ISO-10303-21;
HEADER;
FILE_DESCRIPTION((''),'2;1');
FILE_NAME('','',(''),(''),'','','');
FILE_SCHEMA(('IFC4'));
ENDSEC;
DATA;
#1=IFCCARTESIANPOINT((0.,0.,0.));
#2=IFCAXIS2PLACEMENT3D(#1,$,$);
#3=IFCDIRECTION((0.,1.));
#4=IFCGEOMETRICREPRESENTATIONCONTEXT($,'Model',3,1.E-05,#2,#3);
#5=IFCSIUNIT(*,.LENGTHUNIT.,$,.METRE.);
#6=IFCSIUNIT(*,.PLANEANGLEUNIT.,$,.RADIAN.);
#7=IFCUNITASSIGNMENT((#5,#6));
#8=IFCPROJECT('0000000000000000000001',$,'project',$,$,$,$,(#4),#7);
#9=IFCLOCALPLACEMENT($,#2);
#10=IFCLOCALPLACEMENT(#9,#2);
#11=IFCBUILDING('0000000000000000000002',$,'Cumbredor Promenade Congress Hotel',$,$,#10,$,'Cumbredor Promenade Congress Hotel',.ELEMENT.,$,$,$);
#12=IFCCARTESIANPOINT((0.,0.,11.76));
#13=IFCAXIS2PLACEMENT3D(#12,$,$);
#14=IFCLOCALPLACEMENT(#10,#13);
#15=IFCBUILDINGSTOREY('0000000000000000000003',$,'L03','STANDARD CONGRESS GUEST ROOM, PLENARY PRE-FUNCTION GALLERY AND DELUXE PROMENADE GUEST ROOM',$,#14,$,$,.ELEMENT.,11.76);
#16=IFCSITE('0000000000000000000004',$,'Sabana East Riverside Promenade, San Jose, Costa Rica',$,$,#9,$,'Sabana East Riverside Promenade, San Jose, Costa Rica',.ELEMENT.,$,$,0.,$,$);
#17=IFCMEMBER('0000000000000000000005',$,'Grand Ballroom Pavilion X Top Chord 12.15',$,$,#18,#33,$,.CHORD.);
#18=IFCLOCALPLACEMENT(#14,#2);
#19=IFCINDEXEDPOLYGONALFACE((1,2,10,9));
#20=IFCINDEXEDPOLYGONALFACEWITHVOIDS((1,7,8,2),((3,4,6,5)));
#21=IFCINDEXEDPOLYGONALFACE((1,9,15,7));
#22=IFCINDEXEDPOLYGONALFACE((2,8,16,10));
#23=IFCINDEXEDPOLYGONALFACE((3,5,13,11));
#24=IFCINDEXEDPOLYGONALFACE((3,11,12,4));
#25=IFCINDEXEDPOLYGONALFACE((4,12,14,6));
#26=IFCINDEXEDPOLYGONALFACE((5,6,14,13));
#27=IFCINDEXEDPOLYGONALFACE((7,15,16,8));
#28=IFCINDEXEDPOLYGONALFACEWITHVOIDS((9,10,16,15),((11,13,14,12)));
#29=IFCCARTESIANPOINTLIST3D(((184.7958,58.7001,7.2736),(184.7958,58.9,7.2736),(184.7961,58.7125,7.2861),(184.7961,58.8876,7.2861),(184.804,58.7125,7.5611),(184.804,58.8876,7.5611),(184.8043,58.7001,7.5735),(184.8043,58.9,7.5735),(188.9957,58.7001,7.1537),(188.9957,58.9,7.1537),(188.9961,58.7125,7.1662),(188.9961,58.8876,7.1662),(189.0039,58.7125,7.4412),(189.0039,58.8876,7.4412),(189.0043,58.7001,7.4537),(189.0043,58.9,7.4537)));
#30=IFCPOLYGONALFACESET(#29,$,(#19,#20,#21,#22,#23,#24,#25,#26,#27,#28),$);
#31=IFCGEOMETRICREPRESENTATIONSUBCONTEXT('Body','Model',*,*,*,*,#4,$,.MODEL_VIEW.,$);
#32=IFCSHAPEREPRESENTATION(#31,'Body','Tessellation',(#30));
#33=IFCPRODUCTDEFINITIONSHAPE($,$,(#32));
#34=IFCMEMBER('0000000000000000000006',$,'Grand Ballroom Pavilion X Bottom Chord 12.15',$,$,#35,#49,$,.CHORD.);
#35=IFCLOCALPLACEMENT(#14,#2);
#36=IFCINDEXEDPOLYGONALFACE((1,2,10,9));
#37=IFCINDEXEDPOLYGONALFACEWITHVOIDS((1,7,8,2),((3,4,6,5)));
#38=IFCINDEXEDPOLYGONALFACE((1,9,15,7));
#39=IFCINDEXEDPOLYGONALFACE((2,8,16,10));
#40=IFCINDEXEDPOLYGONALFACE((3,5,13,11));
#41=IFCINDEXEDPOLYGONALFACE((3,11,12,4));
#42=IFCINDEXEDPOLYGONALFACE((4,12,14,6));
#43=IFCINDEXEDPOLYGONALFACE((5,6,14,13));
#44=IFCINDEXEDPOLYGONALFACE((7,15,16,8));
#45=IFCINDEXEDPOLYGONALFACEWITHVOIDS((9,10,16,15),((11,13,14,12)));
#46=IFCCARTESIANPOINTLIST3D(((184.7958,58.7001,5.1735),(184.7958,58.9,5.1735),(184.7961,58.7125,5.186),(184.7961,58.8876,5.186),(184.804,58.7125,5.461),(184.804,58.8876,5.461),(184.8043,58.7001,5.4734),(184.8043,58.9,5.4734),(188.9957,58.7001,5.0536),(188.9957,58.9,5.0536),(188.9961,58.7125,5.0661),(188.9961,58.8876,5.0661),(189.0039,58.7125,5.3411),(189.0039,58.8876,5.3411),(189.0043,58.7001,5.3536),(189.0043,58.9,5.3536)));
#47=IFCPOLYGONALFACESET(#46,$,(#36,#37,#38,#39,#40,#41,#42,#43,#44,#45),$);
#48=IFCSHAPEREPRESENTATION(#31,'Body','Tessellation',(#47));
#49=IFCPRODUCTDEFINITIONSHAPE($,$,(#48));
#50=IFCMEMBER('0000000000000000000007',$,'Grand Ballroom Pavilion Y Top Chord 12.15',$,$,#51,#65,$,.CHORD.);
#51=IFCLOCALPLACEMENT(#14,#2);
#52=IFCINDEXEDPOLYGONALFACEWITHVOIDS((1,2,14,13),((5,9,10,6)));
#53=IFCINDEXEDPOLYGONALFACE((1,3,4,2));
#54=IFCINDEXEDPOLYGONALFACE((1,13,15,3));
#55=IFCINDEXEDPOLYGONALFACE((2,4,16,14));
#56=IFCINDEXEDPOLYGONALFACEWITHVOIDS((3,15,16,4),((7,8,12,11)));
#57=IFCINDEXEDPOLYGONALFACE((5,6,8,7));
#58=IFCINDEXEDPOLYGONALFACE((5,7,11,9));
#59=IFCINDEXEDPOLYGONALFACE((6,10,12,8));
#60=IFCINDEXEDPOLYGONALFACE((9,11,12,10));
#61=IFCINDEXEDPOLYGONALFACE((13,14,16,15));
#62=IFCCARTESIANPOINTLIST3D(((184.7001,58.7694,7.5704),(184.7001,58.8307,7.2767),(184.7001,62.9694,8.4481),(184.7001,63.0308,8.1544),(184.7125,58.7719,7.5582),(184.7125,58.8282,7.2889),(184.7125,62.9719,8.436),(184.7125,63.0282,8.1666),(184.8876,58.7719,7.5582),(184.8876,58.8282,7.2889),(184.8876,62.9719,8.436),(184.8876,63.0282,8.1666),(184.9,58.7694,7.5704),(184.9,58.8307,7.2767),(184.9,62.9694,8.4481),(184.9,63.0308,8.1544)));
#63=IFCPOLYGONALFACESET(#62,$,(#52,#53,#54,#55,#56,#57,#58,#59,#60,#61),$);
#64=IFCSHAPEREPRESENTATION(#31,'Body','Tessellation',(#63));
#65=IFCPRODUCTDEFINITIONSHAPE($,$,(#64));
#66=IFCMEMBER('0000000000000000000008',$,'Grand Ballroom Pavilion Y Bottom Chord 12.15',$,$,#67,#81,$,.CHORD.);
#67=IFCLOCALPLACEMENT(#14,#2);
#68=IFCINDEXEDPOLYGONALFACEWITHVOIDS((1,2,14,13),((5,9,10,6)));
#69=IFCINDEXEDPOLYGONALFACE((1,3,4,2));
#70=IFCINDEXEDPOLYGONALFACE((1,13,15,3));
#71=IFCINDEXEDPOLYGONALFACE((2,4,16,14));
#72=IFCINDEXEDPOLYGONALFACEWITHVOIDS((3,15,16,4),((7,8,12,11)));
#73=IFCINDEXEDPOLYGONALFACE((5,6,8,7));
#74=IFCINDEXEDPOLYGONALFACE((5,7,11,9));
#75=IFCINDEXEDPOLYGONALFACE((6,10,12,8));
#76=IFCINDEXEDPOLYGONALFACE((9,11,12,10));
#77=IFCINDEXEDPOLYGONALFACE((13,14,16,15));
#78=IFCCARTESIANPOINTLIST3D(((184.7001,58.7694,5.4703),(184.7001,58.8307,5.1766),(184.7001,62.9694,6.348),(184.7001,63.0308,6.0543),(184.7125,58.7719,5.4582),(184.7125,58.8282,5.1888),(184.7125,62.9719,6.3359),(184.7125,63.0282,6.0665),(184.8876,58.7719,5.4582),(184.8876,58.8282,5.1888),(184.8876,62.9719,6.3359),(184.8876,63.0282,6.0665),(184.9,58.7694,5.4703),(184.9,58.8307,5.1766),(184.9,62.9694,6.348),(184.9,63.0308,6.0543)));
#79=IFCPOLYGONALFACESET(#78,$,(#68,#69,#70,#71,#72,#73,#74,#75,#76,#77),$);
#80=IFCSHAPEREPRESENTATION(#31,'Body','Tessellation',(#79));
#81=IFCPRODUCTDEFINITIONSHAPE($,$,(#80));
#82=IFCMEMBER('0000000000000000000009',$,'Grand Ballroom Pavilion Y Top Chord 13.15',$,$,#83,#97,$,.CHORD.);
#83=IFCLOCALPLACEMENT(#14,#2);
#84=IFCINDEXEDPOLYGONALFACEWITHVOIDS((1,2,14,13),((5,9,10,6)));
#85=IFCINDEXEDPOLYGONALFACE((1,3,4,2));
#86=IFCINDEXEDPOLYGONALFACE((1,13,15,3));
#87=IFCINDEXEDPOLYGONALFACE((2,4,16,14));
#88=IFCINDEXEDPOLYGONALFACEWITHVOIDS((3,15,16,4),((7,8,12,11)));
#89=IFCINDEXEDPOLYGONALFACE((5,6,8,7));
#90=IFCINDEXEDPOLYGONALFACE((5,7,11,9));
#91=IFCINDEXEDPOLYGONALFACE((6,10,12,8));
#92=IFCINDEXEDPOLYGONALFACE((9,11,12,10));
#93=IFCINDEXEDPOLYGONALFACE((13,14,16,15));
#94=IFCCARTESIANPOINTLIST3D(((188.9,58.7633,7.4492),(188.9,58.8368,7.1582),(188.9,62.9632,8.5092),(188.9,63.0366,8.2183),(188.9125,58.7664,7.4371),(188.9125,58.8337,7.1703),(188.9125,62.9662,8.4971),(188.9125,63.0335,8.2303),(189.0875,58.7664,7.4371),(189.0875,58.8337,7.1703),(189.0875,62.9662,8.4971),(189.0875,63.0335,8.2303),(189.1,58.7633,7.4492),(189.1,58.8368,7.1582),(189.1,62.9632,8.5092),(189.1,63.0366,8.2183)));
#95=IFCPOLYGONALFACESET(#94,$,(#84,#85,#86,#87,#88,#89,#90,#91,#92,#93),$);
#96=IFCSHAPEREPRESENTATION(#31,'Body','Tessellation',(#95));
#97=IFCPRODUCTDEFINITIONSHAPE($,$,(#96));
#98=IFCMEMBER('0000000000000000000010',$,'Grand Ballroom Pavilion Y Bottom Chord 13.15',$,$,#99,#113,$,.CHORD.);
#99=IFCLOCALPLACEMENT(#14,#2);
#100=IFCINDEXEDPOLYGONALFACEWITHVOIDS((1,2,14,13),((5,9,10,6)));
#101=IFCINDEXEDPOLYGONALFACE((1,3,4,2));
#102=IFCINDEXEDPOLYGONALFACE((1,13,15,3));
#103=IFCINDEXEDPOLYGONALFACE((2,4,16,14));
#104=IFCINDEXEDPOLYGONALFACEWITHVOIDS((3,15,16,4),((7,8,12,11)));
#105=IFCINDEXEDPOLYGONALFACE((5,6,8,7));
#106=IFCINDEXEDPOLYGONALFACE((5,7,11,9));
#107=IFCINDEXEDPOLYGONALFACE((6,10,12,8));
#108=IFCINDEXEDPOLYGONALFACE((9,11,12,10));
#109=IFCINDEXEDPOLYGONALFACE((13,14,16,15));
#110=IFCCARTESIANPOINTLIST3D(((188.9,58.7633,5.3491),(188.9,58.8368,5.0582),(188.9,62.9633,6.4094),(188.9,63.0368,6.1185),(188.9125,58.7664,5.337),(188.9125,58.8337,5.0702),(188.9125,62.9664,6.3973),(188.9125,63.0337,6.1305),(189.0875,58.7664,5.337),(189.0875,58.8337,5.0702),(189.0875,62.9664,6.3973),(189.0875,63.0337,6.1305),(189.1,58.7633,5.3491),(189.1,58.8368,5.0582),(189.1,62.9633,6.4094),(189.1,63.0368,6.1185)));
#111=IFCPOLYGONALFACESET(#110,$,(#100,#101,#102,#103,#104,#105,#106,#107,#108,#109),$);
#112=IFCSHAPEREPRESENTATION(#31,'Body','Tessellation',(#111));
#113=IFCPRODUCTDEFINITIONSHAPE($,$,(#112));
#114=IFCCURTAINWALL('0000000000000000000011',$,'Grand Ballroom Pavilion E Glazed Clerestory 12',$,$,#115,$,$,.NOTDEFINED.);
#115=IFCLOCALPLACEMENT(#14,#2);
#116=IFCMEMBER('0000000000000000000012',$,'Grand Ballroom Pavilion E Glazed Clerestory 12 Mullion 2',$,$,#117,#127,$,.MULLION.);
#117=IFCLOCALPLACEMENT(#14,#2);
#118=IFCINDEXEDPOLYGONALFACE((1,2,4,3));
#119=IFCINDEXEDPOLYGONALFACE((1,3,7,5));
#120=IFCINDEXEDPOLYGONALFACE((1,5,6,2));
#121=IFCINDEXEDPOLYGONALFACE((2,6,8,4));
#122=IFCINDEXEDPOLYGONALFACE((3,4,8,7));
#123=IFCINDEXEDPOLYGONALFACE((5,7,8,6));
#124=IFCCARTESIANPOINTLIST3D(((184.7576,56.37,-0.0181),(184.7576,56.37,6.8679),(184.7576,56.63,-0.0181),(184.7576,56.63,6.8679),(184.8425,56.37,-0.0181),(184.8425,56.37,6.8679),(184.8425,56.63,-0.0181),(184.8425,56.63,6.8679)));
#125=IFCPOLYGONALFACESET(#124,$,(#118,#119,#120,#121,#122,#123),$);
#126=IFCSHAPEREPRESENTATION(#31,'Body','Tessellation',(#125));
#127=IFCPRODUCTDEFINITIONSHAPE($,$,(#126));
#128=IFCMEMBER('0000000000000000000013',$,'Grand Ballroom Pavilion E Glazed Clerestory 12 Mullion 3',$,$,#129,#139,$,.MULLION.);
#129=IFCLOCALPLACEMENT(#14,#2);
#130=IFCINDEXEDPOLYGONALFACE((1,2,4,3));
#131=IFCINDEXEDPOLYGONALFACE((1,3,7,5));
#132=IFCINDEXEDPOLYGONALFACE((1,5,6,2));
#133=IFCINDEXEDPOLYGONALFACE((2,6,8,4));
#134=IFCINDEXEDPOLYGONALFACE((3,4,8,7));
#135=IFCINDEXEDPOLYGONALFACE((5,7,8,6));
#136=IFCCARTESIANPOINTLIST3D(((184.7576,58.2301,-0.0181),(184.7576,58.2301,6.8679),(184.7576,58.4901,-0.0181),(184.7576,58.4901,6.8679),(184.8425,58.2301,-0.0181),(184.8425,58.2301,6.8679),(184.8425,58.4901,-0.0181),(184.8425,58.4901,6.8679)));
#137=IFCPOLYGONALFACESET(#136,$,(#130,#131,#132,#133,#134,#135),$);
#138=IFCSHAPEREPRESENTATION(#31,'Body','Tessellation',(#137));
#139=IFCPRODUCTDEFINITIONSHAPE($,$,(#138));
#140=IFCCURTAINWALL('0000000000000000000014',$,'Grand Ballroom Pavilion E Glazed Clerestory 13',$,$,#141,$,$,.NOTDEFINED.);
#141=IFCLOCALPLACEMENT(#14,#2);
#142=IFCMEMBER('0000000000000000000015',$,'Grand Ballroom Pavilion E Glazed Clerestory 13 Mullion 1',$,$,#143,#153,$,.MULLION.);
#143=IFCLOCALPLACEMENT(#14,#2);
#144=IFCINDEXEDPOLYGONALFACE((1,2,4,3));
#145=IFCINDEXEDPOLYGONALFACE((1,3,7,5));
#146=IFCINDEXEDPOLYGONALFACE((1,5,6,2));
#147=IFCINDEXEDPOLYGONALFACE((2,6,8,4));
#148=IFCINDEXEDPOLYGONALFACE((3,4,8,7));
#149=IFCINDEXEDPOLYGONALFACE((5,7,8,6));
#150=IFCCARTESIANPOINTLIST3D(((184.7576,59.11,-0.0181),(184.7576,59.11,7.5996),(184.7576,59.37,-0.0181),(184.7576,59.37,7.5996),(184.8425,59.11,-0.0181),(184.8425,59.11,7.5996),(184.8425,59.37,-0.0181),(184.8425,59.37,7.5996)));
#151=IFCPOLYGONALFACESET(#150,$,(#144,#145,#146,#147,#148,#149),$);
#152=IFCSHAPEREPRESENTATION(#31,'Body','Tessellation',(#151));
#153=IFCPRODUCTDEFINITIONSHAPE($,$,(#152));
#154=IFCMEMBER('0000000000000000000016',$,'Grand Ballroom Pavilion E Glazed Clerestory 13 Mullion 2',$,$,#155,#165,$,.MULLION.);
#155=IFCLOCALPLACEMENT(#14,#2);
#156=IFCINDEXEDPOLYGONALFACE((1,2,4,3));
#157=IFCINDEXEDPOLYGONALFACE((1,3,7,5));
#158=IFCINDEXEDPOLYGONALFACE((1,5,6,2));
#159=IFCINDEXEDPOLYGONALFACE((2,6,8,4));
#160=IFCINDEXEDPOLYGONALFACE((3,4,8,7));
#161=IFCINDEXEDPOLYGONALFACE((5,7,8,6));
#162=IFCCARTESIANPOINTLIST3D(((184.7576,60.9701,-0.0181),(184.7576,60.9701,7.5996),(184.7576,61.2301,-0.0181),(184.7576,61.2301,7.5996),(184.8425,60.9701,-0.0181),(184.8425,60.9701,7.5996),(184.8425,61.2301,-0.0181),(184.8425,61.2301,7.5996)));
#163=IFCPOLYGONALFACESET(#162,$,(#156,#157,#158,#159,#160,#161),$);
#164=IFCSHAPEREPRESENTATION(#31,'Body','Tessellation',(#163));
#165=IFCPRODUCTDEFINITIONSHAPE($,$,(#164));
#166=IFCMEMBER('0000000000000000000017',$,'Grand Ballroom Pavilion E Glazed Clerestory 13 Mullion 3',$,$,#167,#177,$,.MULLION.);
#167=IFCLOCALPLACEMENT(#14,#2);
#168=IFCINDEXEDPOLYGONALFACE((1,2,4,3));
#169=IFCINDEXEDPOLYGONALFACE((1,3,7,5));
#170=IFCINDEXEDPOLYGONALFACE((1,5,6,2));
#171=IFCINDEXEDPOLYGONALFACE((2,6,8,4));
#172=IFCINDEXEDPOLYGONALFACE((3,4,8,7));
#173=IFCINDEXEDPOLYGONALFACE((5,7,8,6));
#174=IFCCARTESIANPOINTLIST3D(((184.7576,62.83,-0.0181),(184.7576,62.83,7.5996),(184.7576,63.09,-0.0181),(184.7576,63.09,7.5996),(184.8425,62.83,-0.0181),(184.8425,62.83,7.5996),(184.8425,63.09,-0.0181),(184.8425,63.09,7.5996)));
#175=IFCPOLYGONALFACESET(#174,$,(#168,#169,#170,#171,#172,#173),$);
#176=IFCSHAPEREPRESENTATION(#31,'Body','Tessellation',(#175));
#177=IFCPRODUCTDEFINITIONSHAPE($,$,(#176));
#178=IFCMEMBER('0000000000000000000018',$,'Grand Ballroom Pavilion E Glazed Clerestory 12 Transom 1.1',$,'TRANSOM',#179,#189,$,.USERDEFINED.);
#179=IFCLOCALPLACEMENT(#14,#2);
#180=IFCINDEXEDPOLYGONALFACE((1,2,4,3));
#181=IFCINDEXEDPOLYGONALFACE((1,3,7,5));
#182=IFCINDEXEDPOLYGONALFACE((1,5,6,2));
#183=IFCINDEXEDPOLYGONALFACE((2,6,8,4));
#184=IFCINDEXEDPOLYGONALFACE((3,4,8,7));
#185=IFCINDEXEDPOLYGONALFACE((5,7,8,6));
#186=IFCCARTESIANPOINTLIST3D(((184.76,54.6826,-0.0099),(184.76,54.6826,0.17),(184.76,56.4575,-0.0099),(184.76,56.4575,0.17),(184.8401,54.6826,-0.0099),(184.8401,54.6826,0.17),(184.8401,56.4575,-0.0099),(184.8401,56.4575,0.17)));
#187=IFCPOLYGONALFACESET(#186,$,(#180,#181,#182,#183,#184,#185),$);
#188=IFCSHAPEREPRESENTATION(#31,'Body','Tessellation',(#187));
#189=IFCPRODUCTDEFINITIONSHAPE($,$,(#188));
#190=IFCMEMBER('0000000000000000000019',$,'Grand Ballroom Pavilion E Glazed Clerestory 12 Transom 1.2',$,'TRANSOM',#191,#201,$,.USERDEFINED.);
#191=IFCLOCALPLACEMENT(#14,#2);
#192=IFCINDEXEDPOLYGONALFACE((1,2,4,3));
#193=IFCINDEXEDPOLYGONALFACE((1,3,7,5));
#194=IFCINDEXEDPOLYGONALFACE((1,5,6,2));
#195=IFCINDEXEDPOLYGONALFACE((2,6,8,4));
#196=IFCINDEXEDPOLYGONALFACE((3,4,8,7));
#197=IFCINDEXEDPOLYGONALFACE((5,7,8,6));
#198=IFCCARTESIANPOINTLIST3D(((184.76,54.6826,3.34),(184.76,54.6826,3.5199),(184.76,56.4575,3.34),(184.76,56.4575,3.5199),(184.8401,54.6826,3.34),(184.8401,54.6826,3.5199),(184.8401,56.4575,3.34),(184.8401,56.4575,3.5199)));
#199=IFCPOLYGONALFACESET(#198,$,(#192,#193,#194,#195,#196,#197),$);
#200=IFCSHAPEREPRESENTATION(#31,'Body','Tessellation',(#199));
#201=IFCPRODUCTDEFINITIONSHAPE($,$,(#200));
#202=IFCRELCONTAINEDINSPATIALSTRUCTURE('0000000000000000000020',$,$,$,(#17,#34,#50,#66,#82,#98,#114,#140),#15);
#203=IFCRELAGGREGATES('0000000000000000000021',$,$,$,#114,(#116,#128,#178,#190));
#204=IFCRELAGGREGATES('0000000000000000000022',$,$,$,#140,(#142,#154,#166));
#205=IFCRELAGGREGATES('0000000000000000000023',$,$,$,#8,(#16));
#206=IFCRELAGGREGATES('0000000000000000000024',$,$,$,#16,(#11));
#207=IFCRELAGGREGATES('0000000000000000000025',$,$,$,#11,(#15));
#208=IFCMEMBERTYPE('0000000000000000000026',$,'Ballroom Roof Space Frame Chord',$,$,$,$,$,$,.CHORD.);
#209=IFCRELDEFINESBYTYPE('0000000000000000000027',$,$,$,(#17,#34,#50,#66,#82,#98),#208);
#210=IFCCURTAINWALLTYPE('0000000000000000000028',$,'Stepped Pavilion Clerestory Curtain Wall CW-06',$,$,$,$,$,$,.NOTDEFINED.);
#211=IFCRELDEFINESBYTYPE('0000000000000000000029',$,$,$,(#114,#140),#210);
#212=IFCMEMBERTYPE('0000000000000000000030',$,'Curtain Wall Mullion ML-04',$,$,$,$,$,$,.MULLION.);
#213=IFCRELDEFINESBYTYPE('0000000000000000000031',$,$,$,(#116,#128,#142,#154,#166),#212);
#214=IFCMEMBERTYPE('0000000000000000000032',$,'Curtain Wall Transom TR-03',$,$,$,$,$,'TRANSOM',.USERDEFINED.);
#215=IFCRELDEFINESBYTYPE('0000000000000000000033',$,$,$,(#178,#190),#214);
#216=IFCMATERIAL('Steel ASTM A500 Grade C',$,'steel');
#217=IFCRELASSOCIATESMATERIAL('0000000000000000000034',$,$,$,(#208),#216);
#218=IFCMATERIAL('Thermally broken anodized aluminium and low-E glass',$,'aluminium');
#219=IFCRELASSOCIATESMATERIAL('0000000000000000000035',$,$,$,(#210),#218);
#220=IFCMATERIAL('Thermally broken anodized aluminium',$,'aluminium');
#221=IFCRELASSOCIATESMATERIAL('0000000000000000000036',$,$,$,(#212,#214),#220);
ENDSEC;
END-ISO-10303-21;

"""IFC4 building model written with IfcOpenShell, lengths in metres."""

from ifc_helpers import new_model, si_unit, direction, frame, origin, origin_2d, place, context, subcontext, project, spatial, rectangle, hollow_rectangle, extrude, material, material_profile, profile_set, type_object, element, aggregate, save


model = new_model("IFC4")

# Units and contexts
model_context = context("Model", 3, precision=1e-05, world=origin(), true_north=direction((0.0, 1.0)))
body_context = subcontext(model_context, "Body", "Model", "MODEL_VIEW")
ifc_project = project(units=[si_unit("LENGTHUNIT", "METRE"), si_unit("PLANEANGLEUNIT", "RADIAN")], contexts=[model_context])

# Site, building, storey
site_placement = place(None, origin())
site = spatial("IfcSite", under=ifc_project, at=site_placement, Name="Sabana East Riverside Promenade, San Jose, Costa Rica", LongName="Sabana East Riverside Promenade, San Jose, Costa Rica", CompositionType="ELEMENT", RefElevation=0.0)
building_placement = place(site_placement, origin())
building = spatial("IfcBuilding", under=site, at=building_placement, Name="Cumbredor Promenade Congress Hotel", LongName="Cumbredor Promenade Congress Hotel", CompositionType="ELEMENT")
storey_placement = place(building_placement, frame((0.0, 0.0, 11.76)))
storey = spatial("IfcBuildingStorey", under=building, at=storey_placement, Name="L03", Description="STANDARD CONGRESS GUEST ROOM, PLENARY PRE-FUNCTION GALLERY AND DELUXE PROMENADE GUEST ROOM", CompositionType="ELEMENT", Elevation=11.76)

# Members
ifc_material_1 = material(Name="Steel ASTM A500 Grade C", Category="steel")
ifc_material_profile_1 = material_profile(ifc_material_1, hollow_rectangle(XDim=0.2, YDim=0.3, WallThickness=0.0125, at=origin_2d()), Name="HSS 300x200x12.5")
ifc_profile_set_1 = profile_set([ifc_material_profile_1], Name="Steel ASTM A500 Grade C")
member_type_1 = type_object("IfcMemberType", Name="Ballroom Roof Space Frame Chord", PredefinedType="CHORD", material=ifc_profile_set_1)
for number, where, z_axis, x_axis, name in (
    (1, (184.8, 58.8, 7.4236), (0.999593, 0.0, -0.02853), (0.0, 1.0, 0.0), "Grand Ballroom Pavilion X Top Chord 12.15"),
    (2, (184.8, 58.8, 5.3235), (0.999593, 0.0, -0.02853), (0.0, 1.0, 0.0), "Grand Ballroom Pavilion X Bottom Chord 12.15"),
):
    element("IfcMember", number, at=place(storey_placement, frame(where, z_axis=z_axis, x_axis=x_axis)), inside=storey, type_object=member_type_1, Name=name, PredefinedType="CHORD", context=body_context, shape_type="SweptSolid", body=[
        extrude(hollow_rectangle(XDim=0.2, YDim=0.3, WallThickness=0.0125, at=origin_2d()), origin(), (0.0, 0.0, 1.0), 4.2017),
    ])
for number, where, z_axis, x_axis, name in (
    (3, (184.8, 58.8, 7.4236), (0.0, 0.978855, 0.204556), (-1.0, 0.0, 0.0), "Grand Ballroom Pavilion Y Top Chord 12.15"),
    (4, (184.8, 58.8, 5.3235), (0.0, 0.978855, 0.204556), (-1.0, 0.0, 0.0), "Grand Ballroom Pavilion Y Bottom Chord 12.15"),
):
    element("IfcMember", number, at=place(storey_placement, frame(where, z_axis=z_axis, x_axis=x_axis)), inside=storey, type_object=member_type_1, Name=name, PredefinedType="CHORD", context=body_context, shape_type="SweptSolid", body=[
        extrude(hollow_rectangle(XDim=0.2, YDim=0.3, WallThickness=0.0125, at=origin_2d()), origin(), (0.0, 0.0, 1.0), 4.2908),
    ])
member_1_placement = place(storey_placement, frame((189.0, 58.8, 7.3037), z_axis=(0.0, 0.969593, 0.244723), x_axis=(-1.0, 0.0, 0.0)))
element("IfcMember", 5, at=member_1_placement, inside=storey, type_object=member_type_1, Name="Grand Ballroom Pavilion Y Top Chord 13.15", PredefinedType="CHORD", context=body_context, shape_type="SweptSolid", body=[
    extrude(hollow_rectangle(XDim=0.2, YDim=0.3, WallThickness=0.0125, at=origin_2d()), origin(), (0.0, 0.0, 1.0), 4.3315),
])
member_2_placement = place(storey_placement, frame((189.0, 58.8, 5.2036), z_axis=(0.0, 0.96958, 0.244776), x_axis=(-1.0, 0.0, 0.0)))
element("IfcMember", 6, at=member_2_placement, inside=storey, type_object=member_type_1, Name="Grand Ballroom Pavilion Y Bottom Chord 13.15", PredefinedType="CHORD", context=body_context, shape_type="SweptSolid", body=[
    extrude(hollow_rectangle(XDim=0.2, YDim=0.3, WallThickness=0.0125, at=origin_2d()), origin(), (0.0, 0.0, 1.0), 4.3318),
])

# Curtain walls, members
ifc_material_2 = material(Name="Thermally broken anodized aluminium and low-E glass", Category="aluminium")
curtain_wall_type = type_object("IfcCurtainWallType", Name="Stepped Pavilion Clerestory Curtain Wall CW-06", PredefinedType="NOTDEFINED", material=ifc_material_2)
curtain_wall_1_placement = place(storey_placement, origin())
curtain_wall_1 = element("IfcCurtainWall", 7, at=curtain_wall_1_placement, inside=storey, type_object=curtain_wall_type, Name="Grand Ballroom Pavilion E Glazed Clerestory 12", PredefinedType="NOTDEFINED")
ifc_material_3 = material(Name="Thermally broken anodized aluminium", Category="aluminium")
ifc_material_profile_2 = material_profile(ifc_material_3, rectangle(XDim=0.085, YDim=0.26, at=origin_2d()), Name="ALU MULLION CLERESTORY 85x260")
ifc_profile_set_2 = profile_set([ifc_material_profile_2], Name="Thermally broken anodized aluminium")
member_type_2 = type_object("IfcMemberType", Name="Curtain Wall Mullion ML-04", PredefinedType="MULLION", material=ifc_profile_set_2)
member_3_placement = place(storey_placement, frame((184.8, 56.5, -0.0181), z_axis=(0.0, 0.0, 1.0), x_axis=(1.0, 0.0, 0.0)))
member_3 = element("IfcMember", 8, at=member_3_placement, type_object=member_type_2, Name="Grand Ballroom Pavilion E Glazed Clerestory 12 Mullion 2", PredefinedType="MULLION", context=body_context, shape_type="SweptSolid", body=[
    extrude(rectangle(XDim=0.085, YDim=0.26, at=origin_2d()), origin(), (0.0, 0.0, 1.0), 6.886),
])
member_4_placement = place(storey_placement, frame((184.8, 58.3601, -0.0181), z_axis=(0.0, 0.0, 1.0), x_axis=(1.0, 0.0, 0.0)))
member_4 = element("IfcMember", 9, at=member_4_placement, type_object=member_type_2, Name="Grand Ballroom Pavilion E Glazed Clerestory 12 Mullion 3", PredefinedType="MULLION", context=body_context, shape_type="SweptSolid", body=[
    extrude(rectangle(XDim=0.085, YDim=0.26, at=origin_2d()), origin(), (0.0, 0.0, 1.0), 6.886),
])
curtain_wall_2_placement = place(storey_placement, origin())
curtain_wall_2 = element("IfcCurtainWall", 10, at=curtain_wall_2_placement, inside=storey, type_object=curtain_wall_type, Name="Grand Ballroom Pavilion E Glazed Clerestory 13", PredefinedType="NOTDEFINED")
member_5_placement = place(storey_placement, frame((184.8, 59.24, -0.0181), z_axis=(0.0, 0.0, 1.0), x_axis=(1.0, 0.0, 0.0)))
member_5 = element("IfcMember", 11, at=member_5_placement, type_object=member_type_2, Name="Grand Ballroom Pavilion E Glazed Clerestory 13 Mullion 1", PredefinedType="MULLION", context=body_context, shape_type="SweptSolid", body=[
    extrude(rectangle(XDim=0.085, YDim=0.26, at=origin_2d()), origin(), (0.0, 0.0, 1.0), 7.6177),
])
member_6_placement = place(storey_placement, frame((184.8, 61.1001, -0.0181), z_axis=(0.0, 0.0, 1.0), x_axis=(1.0, 0.0, 0.0)))
member_6 = element("IfcMember", 12, at=member_6_placement, type_object=member_type_2, Name="Grand Ballroom Pavilion E Glazed Clerestory 13 Mullion 2", PredefinedType="MULLION", context=body_context, shape_type="SweptSolid", body=[
    extrude(rectangle(XDim=0.085, YDim=0.26, at=origin_2d()), origin(), (0.0, 0.0, 1.0), 7.6177),
])
member_7_placement = place(storey_placement, frame((184.8, 62.96, -0.0181), z_axis=(0.0, 0.0, 1.0), x_axis=(1.0, 0.0, 0.0)))
member_7 = element("IfcMember", 13, at=member_7_placement, type_object=member_type_2, Name="Grand Ballroom Pavilion E Glazed Clerestory 13 Mullion 3", PredefinedType="MULLION", context=body_context, shape_type="SweptSolid", body=[
    extrude(rectangle(XDim=0.085, YDim=0.26, at=origin_2d()), origin(), (0.0, 0.0, 1.0), 7.6177),
])

# Members
ifc_material_profile_3 = material_profile(ifc_material_3, rectangle(XDim=0.0801, YDim=0.1799, at=origin_2d()), Name="ALU TRANSOM 80x180")
ifc_profile_set_3 = profile_set([ifc_material_profile_3], Name="Thermally broken anodized aluminium")
member_type_3 = type_object("IfcMemberType", Name="Curtain Wall Transom TR-03", ElementType="TRANSOM", PredefinedType="USERDEFINED", material=ifc_profile_set_3)
member_8_placement = place(storey_placement, frame((184.8, 54.6826, 0.0801), z_axis=(0.0, 1.0, 0.0), x_axis=(-1.0, 0.0, 0.0)))
member_8 = element("IfcMember", 14, at=member_8_placement, type_object=member_type_3, Name="Grand Ballroom Pavilion E Glazed Clerestory 12 Transom 1.1", ObjectType="TRANSOM", PredefinedType="USERDEFINED", context=body_context, shape_type="SweptSolid", body=[
    extrude(rectangle(XDim=0.0801, YDim=0.1799, at=origin_2d()), origin(), (0.0, 0.0, 1.0), 1.7749),
])
member_9_placement = place(storey_placement, frame((184.8, 54.6826, 3.4299), z_axis=(0.0, 1.0, 0.0), x_axis=(-1.0, 0.0, 0.0)))
member_9 = element("IfcMember", 15, at=member_9_placement, type_object=member_type_3, Name="Grand Ballroom Pavilion E Glazed Clerestory 12 Transom 1.2", ObjectType="TRANSOM", PredefinedType="USERDEFINED", context=body_context, shape_type="SweptSolid", body=[
    extrude(rectangle(XDim=0.0801, YDim=0.1799, at=origin_2d()), origin(), (0.0, 0.0, 1.0), 1.7749),
])

aggregate(curtain_wall_1, [member_3, member_4, member_8, member_9])
aggregate(curtain_wall_2, [member_5, member_6, member_7])

save(model, "model.ifc")
